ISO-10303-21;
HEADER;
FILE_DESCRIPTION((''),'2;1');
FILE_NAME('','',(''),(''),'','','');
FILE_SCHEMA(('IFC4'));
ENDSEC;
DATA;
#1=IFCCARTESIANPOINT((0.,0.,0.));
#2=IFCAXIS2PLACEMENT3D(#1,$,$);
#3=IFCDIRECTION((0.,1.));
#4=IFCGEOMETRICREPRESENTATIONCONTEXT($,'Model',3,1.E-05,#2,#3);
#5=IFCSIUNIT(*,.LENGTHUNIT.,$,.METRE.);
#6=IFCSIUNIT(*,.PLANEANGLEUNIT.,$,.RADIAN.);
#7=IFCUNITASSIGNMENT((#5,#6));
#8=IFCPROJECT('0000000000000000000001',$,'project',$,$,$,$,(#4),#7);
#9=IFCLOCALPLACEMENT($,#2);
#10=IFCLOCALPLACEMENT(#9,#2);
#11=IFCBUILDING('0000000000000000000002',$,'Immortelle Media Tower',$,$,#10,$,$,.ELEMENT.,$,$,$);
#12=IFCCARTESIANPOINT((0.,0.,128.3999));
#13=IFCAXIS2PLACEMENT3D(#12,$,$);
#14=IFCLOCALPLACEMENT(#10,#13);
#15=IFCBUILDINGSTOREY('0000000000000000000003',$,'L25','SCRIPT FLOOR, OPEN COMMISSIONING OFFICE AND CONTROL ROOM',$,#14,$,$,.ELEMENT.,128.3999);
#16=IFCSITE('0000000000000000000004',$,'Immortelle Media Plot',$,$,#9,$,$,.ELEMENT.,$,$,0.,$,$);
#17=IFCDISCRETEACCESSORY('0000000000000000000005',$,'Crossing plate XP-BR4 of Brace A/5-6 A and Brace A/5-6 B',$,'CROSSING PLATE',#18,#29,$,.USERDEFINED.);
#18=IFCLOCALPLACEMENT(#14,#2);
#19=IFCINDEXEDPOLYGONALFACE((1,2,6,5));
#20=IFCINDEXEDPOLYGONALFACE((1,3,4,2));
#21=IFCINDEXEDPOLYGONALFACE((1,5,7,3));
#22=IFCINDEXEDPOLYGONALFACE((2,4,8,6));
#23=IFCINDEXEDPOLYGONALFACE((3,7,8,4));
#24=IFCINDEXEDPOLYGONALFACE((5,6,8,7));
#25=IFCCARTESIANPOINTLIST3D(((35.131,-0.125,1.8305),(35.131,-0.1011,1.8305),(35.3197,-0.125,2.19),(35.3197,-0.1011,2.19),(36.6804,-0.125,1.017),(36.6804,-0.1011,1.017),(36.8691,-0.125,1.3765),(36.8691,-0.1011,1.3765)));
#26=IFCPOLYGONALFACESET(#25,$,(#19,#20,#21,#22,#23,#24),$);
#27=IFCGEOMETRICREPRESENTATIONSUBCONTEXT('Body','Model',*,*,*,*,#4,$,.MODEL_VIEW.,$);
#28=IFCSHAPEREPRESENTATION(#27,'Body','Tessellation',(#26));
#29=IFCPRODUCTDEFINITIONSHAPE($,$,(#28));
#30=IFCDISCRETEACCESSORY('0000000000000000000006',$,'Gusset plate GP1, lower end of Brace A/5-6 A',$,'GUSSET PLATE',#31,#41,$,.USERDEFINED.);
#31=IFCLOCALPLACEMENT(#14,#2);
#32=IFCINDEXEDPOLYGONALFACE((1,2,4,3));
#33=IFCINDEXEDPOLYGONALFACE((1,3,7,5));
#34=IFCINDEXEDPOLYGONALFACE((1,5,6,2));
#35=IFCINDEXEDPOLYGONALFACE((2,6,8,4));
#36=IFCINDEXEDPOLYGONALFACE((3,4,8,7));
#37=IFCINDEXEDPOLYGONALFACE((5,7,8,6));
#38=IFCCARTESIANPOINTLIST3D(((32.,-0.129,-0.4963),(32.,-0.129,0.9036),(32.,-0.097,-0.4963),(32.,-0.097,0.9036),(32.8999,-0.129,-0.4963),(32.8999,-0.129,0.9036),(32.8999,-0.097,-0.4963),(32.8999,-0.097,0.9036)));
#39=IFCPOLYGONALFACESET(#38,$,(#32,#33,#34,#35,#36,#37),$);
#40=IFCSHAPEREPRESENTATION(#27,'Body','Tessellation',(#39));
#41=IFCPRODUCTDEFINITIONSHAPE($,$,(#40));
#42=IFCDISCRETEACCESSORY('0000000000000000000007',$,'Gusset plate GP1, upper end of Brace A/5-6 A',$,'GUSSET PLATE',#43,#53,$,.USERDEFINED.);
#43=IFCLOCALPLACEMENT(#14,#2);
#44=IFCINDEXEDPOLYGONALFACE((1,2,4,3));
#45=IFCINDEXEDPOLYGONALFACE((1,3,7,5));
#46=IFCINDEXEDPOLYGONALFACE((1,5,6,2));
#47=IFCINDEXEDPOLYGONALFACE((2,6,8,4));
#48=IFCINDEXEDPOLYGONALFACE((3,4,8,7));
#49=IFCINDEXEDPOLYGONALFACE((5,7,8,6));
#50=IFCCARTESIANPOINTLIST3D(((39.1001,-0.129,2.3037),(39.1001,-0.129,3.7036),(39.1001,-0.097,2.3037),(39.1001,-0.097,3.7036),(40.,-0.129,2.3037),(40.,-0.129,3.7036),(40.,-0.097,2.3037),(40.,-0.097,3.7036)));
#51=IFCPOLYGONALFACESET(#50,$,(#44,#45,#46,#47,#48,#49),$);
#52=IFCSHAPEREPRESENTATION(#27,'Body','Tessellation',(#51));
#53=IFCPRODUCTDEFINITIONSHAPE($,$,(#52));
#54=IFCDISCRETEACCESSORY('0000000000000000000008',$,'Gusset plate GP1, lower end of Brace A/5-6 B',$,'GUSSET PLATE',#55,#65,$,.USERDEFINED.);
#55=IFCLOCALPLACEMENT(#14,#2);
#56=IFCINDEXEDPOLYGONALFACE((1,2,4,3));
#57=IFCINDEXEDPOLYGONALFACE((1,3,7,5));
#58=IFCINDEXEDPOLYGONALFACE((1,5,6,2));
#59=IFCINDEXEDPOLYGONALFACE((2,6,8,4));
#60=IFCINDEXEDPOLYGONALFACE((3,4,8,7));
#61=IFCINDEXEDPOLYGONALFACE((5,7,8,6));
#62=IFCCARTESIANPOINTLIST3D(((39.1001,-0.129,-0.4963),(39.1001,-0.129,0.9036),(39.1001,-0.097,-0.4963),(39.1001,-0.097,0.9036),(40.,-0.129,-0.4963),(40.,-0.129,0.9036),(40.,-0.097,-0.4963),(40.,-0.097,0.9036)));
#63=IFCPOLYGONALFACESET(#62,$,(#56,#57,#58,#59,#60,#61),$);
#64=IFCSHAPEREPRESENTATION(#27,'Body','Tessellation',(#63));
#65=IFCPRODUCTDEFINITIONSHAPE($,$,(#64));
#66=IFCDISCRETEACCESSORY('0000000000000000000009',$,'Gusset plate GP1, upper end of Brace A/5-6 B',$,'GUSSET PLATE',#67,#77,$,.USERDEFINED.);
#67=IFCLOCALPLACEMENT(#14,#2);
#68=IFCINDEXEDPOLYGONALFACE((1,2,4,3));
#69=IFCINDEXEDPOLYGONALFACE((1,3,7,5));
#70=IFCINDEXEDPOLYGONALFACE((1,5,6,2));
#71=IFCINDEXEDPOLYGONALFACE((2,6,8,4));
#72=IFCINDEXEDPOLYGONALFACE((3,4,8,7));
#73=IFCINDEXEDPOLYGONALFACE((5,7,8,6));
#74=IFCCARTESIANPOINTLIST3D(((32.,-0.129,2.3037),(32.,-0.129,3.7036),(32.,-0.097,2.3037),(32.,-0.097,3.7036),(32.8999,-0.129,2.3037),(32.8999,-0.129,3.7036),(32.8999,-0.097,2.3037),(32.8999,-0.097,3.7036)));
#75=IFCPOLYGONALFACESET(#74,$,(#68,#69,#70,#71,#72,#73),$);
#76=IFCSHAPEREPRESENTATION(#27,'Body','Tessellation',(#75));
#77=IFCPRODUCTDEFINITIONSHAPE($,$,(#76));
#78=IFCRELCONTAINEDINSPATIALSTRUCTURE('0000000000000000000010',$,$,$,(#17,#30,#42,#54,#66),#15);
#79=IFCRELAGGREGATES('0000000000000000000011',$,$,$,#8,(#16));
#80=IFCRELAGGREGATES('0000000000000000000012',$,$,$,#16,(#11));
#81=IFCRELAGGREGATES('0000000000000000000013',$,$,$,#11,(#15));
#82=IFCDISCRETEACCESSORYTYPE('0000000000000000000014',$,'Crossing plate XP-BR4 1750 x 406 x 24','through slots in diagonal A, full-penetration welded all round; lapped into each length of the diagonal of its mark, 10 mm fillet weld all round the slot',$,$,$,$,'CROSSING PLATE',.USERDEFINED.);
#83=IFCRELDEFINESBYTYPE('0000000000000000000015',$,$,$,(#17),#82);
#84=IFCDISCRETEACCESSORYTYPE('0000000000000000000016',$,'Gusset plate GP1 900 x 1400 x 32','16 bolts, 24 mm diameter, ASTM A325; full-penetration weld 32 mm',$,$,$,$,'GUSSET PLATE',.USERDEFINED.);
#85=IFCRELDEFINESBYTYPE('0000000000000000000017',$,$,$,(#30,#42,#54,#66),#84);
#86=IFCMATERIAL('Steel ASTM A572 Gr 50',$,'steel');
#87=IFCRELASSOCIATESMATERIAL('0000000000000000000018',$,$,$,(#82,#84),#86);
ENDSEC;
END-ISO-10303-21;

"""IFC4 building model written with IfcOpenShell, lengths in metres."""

from ifc_helpers import new_model, si_unit, direction, frame, origin, origin_2d, place, context, subcontext, project, spatial, rectangle, extrude, material, material_profile, profile_set, type_object, element, save


model = new_model("IFC4")

# Units and contexts
model_context = context("Model", 3, precision=1e-05, world=origin(), true_north=direction((0.0, 1.0)))
body_context = subcontext(model_context, "Body", "Model", "MODEL_VIEW")
ifc_project = project(units=[si_unit("LENGTHUNIT", "METRE"), si_unit("PLANEANGLEUNIT", "RADIAN")], contexts=[model_context])

# Site, building, storey
site_placement = place(None, origin())
site = spatial("IfcSite", under=ifc_project, at=site_placement, Name="Immortelle Media Plot", CompositionType="ELEMENT", RefElevation=0.0)
building_placement = place(site_placement, origin())
building = spatial("IfcBuilding", under=site, at=building_placement, Name="Immortelle Media Tower", CompositionType="ELEMENT")
storey_placement = place(building_placement, frame((0.0, 0.0, 128.3999)))
storey = spatial("IfcBuildingStorey", under=building, at=storey_placement, Name="L25", Description="SCRIPT FLOOR, OPEN COMMISSIONING OFFICE AND CONTROL ROOM", CompositionType="ELEMENT", Elevation=128.3999)

# Discrete accessories
ifc_material_1 = material(Name="Steel ASTM A572 Gr 50", Category="steel")
ifc_material_profile_1 = material_profile(ifc_material_1, rectangle(XDim=0.0239, YDim=0.406, at=origin_2d()), Name="PL 24 x 406")
ifc_profile_set_1 = profile_set([ifc_material_profile_1], Name="Steel ASTM A572 Gr 50")
discrete_accessory_type_1 = type_object("IfcDiscreteAccessoryType", Name="Crossing plate XP-BR4 1750 x 406 x 24", Description="through slots in diagonal A, full-penetration welded all round; lapped into each length of the diagonal of its mark, 10 mm fillet weld all round the slot", ElementType="CROSSING PLATE", PredefinedType="USERDEFINED", material=ifc_profile_set_1)
discrete_accessory_placement = place(storey_placement, frame((35.2253, -0.113, 2.0103), z_axis=(0.885378, 0.0, -0.464872), x_axis=(0.0, 1.0, 0.0)))
element("IfcDiscreteAccessory", 1, at=discrete_accessory_placement, inside=storey, type_object=discrete_accessory_type_1, Name="Crossing plate XP-BR4 of Brace A/5-6 A and Brace A/5-6 B", ObjectType="CROSSING PLATE", PredefinedType="USERDEFINED", context=body_context, shape_type="SweptSolid", body=[
    extrude(rectangle(XDim=0.0239, YDim=0.406, at=origin_2d()), origin(), (0.0, 0.0, 1.0), 1.75),
])
ifc_material_profile_2 = material_profile(ifc_material_1, rectangle(XDim=0.032, YDim=1.3999, at=origin_2d()), Name="PL 32 x 1400")
ifc_profile_set_2 = profile_set([ifc_material_profile_2], Name="Steel ASTM A572 Gr 50")
discrete_accessory_type_2 = type_object("IfcDiscreteAccessoryType", Name="Gusset plate GP1 900 x 1400 x 32", Description="16 bolts, 24 mm diameter, ASTM A325; full-penetration weld 32 mm", ElementType="GUSSET PLATE", PredefinedType="USERDEFINED", material=ifc_profile_set_2)
for number, where, z_axis, x_axis, name in (
    (2, (32.0, -0.113, 0.2036), (1.0, 0.0, 0.0), (0.0, 1.0, 0.0), "Gusset plate GP1, lower end of Brace A/5-6 A"),
    (3, (40.0, -0.113, 3.0037), (-1.0, 0.0, 0.0), (0.0, -1.0, 0.0), "Gusset plate GP1, upper end of Brace A/5-6 A"),
    (4, (40.0, -0.113, 0.2036), (-1.0, 0.0, 0.0), (0.0, -1.0, 0.0), "Gusset plate GP1, lower end of Brace A/5-6 B"),
    (5, (32.0, -0.113, 3.0037), (1.0, 0.0, 0.0), (0.0, 1.0, 0.0), "Gusset plate GP1, upper end of Brace A/5-6 B"),
):
    element("IfcDiscreteAccessory", number, at=place(storey_placement, frame(where, z_axis=z_axis, x_axis=x_axis)), inside=storey, type_object=discrete_accessory_type_2, Name=name, ObjectType="GUSSET PLATE", PredefinedType="USERDEFINED", context=body_context, shape_type="SweptSolid", body=[
        extrude(rectangle(XDim=0.032, YDim=1.3999, at=origin_2d()), origin(), (0.0, 0.0, 1.0), 0.8999),
    ])

save(model, "model.ifc")
